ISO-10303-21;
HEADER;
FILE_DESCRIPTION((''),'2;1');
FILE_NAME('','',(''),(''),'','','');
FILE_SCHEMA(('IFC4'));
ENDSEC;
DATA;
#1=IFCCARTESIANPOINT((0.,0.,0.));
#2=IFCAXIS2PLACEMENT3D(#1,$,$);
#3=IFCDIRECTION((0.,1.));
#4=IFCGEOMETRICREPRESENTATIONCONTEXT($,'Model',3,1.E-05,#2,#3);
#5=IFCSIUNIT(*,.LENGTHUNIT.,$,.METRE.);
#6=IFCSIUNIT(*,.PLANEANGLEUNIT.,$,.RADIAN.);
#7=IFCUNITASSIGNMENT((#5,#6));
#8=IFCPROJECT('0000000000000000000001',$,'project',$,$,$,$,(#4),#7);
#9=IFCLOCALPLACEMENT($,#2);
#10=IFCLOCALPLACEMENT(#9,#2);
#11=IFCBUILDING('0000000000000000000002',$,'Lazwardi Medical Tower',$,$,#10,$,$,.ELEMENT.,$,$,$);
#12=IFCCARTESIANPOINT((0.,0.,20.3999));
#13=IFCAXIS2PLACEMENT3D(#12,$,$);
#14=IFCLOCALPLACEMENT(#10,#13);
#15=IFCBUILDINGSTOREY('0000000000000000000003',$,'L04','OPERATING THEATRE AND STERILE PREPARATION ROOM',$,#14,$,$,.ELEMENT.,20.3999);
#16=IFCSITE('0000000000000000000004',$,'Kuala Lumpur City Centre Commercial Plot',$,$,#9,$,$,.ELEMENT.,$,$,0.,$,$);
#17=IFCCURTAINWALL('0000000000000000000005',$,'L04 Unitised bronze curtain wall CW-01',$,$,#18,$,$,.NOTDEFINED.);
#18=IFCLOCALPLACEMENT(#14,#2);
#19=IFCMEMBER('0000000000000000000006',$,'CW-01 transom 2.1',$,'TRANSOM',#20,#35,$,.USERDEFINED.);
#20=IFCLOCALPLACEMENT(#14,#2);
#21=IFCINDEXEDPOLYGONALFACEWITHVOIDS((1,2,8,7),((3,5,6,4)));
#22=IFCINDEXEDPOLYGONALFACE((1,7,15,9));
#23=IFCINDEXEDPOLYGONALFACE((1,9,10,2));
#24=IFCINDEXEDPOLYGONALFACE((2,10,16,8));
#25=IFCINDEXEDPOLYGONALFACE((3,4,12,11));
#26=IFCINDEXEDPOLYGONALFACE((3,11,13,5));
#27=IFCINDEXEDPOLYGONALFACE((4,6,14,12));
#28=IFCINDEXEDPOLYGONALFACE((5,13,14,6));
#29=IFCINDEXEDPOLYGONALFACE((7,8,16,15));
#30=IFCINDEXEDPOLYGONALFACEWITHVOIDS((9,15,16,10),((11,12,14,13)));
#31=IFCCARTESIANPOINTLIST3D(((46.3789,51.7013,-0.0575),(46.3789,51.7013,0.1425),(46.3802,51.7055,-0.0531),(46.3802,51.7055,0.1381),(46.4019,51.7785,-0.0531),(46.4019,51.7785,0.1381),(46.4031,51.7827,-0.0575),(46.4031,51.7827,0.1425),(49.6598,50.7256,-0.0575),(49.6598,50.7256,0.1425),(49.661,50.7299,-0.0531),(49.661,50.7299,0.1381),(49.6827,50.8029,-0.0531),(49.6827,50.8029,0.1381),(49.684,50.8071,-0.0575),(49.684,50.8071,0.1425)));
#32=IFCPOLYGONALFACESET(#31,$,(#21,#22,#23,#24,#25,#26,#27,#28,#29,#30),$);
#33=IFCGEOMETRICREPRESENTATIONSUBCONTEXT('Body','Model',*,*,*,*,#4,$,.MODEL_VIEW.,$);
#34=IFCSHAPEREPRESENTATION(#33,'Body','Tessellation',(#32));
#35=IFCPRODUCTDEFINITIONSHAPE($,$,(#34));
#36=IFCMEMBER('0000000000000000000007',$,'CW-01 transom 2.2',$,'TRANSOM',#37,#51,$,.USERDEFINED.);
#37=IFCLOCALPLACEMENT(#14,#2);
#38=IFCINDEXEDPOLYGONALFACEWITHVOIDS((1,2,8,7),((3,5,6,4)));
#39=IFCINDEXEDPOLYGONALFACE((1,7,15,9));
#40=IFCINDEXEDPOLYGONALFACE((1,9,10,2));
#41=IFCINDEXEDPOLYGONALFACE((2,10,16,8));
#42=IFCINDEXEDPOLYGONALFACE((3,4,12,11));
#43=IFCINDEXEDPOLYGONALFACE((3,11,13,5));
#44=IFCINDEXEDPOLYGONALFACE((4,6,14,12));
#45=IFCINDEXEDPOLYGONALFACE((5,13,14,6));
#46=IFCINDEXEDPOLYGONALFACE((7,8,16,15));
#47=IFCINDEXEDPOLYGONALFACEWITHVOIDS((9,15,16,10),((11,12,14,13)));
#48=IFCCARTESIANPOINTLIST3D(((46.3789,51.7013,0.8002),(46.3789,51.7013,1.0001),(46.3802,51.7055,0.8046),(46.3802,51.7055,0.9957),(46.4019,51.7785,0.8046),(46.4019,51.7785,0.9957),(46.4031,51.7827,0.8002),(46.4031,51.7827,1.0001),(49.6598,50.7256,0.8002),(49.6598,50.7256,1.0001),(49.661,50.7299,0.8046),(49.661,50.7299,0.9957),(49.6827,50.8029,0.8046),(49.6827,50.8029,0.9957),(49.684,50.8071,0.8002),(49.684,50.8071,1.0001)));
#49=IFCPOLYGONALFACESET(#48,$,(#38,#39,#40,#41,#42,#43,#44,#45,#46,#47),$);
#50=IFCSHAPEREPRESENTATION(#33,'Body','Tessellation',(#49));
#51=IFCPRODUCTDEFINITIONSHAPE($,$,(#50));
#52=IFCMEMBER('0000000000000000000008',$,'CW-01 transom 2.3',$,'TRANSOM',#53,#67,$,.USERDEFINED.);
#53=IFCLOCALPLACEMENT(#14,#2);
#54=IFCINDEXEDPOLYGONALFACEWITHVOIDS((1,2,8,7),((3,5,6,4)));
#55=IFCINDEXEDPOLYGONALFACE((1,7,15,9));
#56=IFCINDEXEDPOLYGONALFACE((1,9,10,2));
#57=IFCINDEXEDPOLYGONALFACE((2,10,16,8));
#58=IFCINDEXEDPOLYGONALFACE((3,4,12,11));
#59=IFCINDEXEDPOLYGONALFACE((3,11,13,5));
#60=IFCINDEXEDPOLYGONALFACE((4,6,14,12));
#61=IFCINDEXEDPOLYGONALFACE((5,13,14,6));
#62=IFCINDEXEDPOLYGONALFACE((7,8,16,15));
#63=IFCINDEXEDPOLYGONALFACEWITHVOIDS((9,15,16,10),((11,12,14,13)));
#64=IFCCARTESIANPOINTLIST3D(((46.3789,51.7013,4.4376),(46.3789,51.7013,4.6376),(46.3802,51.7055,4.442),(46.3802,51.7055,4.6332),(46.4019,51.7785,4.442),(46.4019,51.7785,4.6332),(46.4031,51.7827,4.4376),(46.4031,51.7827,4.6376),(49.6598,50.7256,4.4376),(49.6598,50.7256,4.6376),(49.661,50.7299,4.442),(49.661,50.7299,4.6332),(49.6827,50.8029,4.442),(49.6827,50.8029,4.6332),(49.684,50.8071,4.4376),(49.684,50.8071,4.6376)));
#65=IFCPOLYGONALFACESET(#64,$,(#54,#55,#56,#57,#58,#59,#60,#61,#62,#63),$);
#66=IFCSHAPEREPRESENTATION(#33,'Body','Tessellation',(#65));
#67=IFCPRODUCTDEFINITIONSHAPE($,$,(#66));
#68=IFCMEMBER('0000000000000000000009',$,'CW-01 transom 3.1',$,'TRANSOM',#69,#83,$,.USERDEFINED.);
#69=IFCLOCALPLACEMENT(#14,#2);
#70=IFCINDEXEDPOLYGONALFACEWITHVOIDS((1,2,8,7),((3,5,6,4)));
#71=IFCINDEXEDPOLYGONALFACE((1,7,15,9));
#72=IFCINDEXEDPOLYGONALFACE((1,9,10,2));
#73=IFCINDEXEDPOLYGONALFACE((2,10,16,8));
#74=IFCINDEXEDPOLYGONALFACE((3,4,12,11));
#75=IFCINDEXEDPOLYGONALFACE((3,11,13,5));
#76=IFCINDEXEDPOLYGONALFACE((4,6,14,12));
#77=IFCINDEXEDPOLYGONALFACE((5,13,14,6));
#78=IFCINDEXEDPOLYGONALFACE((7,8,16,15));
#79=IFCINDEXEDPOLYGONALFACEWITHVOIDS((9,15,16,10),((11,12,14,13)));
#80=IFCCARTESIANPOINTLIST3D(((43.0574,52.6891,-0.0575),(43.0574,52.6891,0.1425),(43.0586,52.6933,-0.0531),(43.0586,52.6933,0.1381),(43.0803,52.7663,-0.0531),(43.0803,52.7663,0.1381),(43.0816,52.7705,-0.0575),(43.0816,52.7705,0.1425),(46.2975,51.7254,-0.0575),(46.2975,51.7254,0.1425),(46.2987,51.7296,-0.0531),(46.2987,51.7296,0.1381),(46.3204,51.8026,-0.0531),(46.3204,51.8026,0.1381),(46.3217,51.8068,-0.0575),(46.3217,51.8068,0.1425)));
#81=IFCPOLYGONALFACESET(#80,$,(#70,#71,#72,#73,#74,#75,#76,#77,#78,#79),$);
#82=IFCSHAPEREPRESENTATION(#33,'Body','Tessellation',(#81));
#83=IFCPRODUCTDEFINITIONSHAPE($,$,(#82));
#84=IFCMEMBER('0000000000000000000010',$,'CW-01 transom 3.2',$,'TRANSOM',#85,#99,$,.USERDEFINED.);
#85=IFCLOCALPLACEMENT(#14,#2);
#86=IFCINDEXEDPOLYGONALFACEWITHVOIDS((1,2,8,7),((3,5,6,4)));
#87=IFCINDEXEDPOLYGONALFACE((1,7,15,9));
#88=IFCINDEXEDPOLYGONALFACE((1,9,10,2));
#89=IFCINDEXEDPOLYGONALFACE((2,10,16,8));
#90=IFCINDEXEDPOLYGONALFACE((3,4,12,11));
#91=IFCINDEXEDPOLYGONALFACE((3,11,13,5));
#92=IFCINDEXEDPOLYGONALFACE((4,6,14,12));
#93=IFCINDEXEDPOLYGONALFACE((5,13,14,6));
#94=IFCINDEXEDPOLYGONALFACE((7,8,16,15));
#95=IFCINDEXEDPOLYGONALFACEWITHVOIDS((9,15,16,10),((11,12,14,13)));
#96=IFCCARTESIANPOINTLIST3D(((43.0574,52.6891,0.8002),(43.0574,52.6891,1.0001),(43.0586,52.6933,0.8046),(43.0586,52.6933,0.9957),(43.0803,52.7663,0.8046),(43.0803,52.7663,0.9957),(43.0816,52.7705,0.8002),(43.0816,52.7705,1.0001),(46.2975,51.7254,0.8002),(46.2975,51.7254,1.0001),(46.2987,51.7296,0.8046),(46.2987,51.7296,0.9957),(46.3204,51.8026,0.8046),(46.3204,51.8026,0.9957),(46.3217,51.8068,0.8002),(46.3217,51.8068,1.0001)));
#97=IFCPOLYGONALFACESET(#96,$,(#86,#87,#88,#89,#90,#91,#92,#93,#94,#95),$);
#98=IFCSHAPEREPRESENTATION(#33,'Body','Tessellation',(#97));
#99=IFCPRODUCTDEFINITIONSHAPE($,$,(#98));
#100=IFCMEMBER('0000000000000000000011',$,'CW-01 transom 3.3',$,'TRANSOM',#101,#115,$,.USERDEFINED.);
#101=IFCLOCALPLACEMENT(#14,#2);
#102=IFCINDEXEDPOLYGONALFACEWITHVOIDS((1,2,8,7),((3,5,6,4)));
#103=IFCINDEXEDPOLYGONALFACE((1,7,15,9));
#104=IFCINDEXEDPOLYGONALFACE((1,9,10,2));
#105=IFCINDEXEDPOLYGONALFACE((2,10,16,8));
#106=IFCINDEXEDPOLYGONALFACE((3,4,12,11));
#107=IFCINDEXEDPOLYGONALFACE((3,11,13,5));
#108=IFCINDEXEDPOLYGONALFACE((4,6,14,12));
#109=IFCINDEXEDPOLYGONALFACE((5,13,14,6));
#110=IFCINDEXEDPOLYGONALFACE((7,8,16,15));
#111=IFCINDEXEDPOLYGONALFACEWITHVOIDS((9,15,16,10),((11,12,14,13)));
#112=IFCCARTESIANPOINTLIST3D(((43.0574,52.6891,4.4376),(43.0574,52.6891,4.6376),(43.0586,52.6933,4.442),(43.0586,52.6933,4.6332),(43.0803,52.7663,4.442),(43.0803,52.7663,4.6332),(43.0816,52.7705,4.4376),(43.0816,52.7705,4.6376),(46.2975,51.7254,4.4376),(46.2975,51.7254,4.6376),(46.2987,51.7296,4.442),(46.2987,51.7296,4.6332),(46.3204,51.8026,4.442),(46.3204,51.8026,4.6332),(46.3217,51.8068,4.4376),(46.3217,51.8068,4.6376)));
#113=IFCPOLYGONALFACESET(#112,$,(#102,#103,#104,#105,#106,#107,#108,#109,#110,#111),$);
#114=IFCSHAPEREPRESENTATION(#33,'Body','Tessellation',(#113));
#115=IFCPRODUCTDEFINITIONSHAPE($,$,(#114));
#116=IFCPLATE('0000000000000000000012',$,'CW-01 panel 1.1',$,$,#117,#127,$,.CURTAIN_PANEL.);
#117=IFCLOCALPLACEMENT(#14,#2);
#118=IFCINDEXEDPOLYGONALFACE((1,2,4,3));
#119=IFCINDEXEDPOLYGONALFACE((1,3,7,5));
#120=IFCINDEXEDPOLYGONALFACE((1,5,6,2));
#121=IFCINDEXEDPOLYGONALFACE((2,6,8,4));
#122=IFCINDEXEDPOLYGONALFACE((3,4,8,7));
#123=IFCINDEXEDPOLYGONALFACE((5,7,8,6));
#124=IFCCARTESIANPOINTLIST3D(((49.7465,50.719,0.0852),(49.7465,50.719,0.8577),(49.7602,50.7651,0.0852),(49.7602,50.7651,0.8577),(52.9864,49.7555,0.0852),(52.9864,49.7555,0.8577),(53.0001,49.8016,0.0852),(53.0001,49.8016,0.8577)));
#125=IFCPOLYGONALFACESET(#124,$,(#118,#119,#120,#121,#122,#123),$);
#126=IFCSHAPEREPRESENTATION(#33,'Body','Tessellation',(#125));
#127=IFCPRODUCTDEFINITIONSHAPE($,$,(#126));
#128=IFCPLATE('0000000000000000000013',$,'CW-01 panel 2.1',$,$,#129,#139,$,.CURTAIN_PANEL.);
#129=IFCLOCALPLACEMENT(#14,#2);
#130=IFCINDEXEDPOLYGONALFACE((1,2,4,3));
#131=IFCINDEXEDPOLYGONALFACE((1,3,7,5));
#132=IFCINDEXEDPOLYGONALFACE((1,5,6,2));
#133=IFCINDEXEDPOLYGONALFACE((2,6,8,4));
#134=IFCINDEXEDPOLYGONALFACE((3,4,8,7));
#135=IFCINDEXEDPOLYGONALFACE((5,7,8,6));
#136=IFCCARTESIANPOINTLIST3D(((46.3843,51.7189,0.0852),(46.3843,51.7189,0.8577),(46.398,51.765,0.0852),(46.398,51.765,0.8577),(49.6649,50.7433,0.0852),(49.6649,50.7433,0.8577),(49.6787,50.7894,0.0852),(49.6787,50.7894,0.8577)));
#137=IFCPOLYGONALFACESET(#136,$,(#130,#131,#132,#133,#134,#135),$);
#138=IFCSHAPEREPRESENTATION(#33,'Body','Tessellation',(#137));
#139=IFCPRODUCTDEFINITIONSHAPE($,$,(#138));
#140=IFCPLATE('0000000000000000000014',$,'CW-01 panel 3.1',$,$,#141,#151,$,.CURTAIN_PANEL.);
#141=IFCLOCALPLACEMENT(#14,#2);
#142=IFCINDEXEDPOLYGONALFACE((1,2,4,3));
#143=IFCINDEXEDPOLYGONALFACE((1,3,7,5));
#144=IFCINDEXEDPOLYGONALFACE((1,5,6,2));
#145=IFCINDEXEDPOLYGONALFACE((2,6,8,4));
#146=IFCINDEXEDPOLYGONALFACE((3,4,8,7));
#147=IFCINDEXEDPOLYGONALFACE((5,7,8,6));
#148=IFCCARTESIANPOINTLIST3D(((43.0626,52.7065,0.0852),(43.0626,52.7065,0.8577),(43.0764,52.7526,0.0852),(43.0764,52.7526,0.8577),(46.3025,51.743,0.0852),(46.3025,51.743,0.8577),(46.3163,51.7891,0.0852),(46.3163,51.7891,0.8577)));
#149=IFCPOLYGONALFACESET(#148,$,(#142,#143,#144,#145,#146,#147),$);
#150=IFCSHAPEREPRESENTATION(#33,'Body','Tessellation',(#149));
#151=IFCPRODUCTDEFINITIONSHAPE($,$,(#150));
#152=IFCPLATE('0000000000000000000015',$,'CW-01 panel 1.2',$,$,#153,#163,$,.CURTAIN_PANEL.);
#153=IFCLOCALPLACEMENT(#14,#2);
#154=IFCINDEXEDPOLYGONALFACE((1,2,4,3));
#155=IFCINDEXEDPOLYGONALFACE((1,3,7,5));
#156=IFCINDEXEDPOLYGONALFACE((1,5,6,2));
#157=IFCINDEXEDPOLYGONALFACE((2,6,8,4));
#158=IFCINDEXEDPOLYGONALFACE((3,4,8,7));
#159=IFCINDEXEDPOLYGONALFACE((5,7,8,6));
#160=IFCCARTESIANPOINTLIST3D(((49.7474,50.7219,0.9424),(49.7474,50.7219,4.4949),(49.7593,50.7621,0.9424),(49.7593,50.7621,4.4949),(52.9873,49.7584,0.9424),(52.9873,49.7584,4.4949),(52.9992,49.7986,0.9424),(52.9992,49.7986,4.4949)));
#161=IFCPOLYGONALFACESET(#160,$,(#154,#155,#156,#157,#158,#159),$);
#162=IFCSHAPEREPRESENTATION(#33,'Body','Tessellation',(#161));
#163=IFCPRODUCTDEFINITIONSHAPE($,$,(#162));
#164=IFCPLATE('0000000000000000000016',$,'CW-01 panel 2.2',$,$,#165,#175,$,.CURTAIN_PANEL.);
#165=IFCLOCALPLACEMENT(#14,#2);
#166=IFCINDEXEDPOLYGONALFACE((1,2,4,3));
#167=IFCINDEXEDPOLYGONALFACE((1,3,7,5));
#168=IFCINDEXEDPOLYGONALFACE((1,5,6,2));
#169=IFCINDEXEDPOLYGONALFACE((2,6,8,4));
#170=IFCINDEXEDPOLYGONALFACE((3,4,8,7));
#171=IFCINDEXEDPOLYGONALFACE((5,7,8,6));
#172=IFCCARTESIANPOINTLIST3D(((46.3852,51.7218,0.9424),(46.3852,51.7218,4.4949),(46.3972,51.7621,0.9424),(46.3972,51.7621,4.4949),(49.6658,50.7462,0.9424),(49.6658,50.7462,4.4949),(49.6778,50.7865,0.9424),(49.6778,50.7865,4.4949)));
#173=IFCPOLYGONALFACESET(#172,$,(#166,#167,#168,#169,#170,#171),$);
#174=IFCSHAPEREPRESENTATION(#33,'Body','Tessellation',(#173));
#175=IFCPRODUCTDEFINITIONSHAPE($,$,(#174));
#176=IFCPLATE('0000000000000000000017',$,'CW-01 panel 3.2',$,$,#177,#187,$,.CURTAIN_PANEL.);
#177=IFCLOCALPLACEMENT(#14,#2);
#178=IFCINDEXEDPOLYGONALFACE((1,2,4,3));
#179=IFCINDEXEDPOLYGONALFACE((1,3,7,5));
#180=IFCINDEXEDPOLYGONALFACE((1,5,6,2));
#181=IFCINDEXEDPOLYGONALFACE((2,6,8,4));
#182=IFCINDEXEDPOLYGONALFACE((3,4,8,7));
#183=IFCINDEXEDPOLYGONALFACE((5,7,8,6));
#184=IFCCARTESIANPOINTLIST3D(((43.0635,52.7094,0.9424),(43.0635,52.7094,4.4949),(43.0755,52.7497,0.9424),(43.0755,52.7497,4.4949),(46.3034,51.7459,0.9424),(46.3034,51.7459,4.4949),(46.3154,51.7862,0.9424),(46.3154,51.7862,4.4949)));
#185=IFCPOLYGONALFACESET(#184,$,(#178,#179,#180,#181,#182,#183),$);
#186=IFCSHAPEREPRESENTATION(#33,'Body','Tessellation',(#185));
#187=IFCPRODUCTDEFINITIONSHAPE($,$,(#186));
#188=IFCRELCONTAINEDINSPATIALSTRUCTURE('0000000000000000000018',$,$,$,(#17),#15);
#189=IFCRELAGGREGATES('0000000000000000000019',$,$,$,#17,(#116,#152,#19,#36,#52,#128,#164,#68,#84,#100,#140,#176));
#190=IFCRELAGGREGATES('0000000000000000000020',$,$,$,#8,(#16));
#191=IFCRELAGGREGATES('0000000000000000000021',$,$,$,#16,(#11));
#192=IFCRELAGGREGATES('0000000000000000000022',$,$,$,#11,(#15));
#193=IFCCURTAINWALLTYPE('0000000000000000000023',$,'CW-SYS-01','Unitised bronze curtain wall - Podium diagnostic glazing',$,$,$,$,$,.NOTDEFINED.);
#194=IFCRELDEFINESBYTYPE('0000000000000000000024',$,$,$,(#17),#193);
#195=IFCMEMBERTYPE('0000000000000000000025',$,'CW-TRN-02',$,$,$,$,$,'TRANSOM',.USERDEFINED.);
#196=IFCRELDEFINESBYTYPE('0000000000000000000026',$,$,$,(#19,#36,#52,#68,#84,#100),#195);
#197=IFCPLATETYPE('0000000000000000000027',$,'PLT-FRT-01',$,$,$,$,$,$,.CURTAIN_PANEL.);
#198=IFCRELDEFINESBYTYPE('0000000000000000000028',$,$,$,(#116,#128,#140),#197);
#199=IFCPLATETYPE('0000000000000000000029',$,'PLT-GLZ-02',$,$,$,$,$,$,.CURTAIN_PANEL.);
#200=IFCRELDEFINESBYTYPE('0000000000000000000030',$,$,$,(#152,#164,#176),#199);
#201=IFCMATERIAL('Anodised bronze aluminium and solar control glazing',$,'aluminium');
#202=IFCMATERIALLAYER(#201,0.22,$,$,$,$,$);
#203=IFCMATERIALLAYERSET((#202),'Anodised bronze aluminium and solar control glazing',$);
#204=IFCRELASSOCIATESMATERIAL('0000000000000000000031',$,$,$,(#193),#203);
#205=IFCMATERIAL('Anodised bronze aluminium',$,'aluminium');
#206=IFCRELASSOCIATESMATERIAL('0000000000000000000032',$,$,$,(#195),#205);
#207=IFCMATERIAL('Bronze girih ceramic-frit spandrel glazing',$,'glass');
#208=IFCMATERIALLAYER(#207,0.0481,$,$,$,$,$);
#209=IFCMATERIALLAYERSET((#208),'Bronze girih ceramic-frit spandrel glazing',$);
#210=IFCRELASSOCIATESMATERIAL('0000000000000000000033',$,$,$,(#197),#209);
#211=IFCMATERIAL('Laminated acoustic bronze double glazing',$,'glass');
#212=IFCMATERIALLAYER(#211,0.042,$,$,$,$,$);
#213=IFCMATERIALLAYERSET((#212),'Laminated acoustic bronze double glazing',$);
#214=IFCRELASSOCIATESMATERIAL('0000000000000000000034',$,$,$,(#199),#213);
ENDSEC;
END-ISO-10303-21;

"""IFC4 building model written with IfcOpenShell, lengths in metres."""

from ifc_helpers import new_model, si_unit, direction, frame, origin, origin_2d, place, context, subcontext, project, spatial, rectangle, hollow_rectangle, extrude, material, layer, layer_set, material_profile, profile_set, type_object, element, aggregate, save


model = new_model("IFC4")

# Units and contexts
model_context = context("Model", 3, precision=1e-05, world=origin(), true_north=direction((0.0, 1.0)))
body_context = subcontext(model_context, "Body", "Model", "MODEL_VIEW")
ifc_project = project(units=[si_unit("LENGTHUNIT", "METRE"), si_unit("PLANEANGLEUNIT", "RADIAN")], contexts=[model_context])

# Site, building, storey
site_placement = place(None, origin())
site = spatial("IfcSite", under=ifc_project, at=site_placement, Name="Kuala Lumpur City Centre Commercial Plot", CompositionType="ELEMENT", RefElevation=0.0)
building_placement = place(site_placement, origin())
building = spatial("IfcBuilding", under=site, at=building_placement, Name="Lazwardi Medical Tower", CompositionType="ELEMENT")
storey_placement = place(building_placement, frame((0.0, 0.0, 20.3999)))
storey = spatial("IfcBuildingStorey", under=building, at=storey_placement, Name="L04", Description="OPERATING THEATRE AND STERILE PREPARATION ROOM", CompositionType="ELEMENT", Elevation=20.3999)

# Curtain wall, members, plates
ifc_material_1 = material(Name="Anodised bronze aluminium and solar control glazing", Category="aluminium")
ifc_layer_1 = layer(ifc_material_1, 0.22)
ifc_layer_set_1 = layer_set([ifc_layer_1], Name="Anodised bronze aluminium and solar control glazing")
curtain_wall_type = type_object("IfcCurtainWallType", Name="CW-SYS-01", Description="Unitised bronze curtain wall - Podium diagnostic glazing", PredefinedType="NOTDEFINED", material=ifc_layer_set_1)
curtain_wall_placement = place(storey_placement, origin())
curtain_wall = element("IfcCurtainWall", 1, at=curtain_wall_placement, inside=storey, type_object=curtain_wall_type, Name="L04 Unitised bronze curtain wall CW-01", PredefinedType="NOTDEFINED")
ifc_material_2 = material(Name="Anodised bronze aluminium", Category="aluminium")
ifc_material_profile_1 = material_profile(ifc_material_2, hollow_rectangle(XDim=0.085, YDim=0.2, WallThickness=0.0044, at=origin_2d()), Name="ALU-TRANSOM 200x85x4.5")
ifc_profile_set_1 = profile_set([ifc_material_profile_1], Name="Anodised bronze aluminium")
member_type_1 = type_object("IfcMemberType", Name="CW-TRN-02", ElementType="TRANSOM", PredefinedType="USERDEFINED", material=ifc_profile_set_1)
member_1_placement = place(storey_placement, frame((49.6719, 50.7664, 0.0425), z_axis=(-0.958518, 0.28503, 0.0), x_axis=(-0.28503, -0.958518, 0.0)))
member_1 = element("IfcMember", 2, at=member_1_placement, type_object=member_type_1, Name="CW-01 transom 2.1", ObjectType="TRANSOM", PredefinedType="USERDEFINED", context=body_context, shape_type="SweptSolid", body=[
    extrude(hollow_rectangle(XDim=0.085, YDim=0.2, WallThickness=0.0044, at=origin_2d()), origin(), (0.0, 0.0, 1.0), 3.4229),
])
member_2_placement = place(storey_placement, frame((49.6719, 50.7664, 0.9001), z_axis=(-0.958518, 0.28503, 0.0), x_axis=(-0.28503, -0.958518, 0.0)))
member_2 = element("IfcMember", 3, at=member_2_placement, type_object=member_type_1, Name="CW-01 transom 2.2", ObjectType="TRANSOM", PredefinedType="USERDEFINED", context=body_context, shape_type="SweptSolid", body=[
    extrude(hollow_rectangle(XDim=0.085, YDim=0.2, WallThickness=0.0044, at=origin_2d()), origin(), (0.0, 0.0, 1.0), 3.4229),
])
member_3_placement = place(storey_placement, frame((49.6719, 50.7664, 4.5376), z_axis=(-0.958518, 0.28503, 0.0), x_axis=(-0.28503, -0.958518, 0.0)))
member_3 = element("IfcMember", 4, at=member_3_placement, type_object=member_type_1, Name="CW-01 transom 2.3", ObjectType="TRANSOM", PredefinedType="USERDEFINED", context=body_context, shape_type="SweptSolid", body=[
    extrude(hollow_rectangle(XDim=0.085, YDim=0.2, WallThickness=0.0044, at=origin_2d()), origin(), (0.0, 0.0, 1.0), 3.4229),
])
member_4_placement = place(storey_placement, frame((46.3096, 51.7661, 0.0425), z_axis=(-0.958505, 0.285074, 0.0), x_axis=(-0.285074, -0.958505, 0.0)))
member_4 = element("IfcMember", 5, at=member_4_placement, type_object=member_type_1, Name="CW-01 transom 3.1", ObjectType="TRANSOM", PredefinedType="USERDEFINED", context=body_context, shape_type="SweptSolid", body=[
    extrude(hollow_rectangle(XDim=0.085, YDim=0.2, WallThickness=0.0044, at=origin_2d()), origin(), (0.0, 0.0, 1.0), 3.3804),
])
member_5_placement = place(storey_placement, frame((46.3096, 51.7661, 0.9001), z_axis=(-0.958505, 0.285074, 0.0), x_axis=(-0.285074, -0.958505, 0.0)))
member_5 = element("IfcMember", 6, at=member_5_placement, type_object=member_type_1, Name="CW-01 transom 3.2", ObjectType="TRANSOM", PredefinedType="USERDEFINED", context=body_context, shape_type="SweptSolid", body=[
    extrude(hollow_rectangle(XDim=0.085, YDim=0.2, WallThickness=0.0044, at=origin_2d()), origin(), (0.0, 0.0, 1.0), 3.3804),
])
member_6_placement = place(storey_placement, frame((46.3096, 51.7661, 4.5376), z_axis=(-0.958505, 0.285074, 0.0), x_axis=(-0.285074, -0.958505, 0.0)))
member_6 = element("IfcMember", 7, at=member_6_placement, type_object=member_type_1, Name="CW-01 transom 3.3", ObjectType="TRANSOM", PredefinedType="USERDEFINED", context=body_context, shape_type="SweptSolid", body=[
    extrude(hollow_rectangle(XDim=0.085, YDim=0.2, WallThickness=0.0044, at=origin_2d()), origin(), (0.0, 0.0, 1.0), 3.3804),
])
ifc_material_3 = material(Name="Bronze girih ceramic-frit spandrel glazing", Category="glass")
ifc_layer_2 = layer(ifc_material_3, 0.0481)
ifc_layer_set_2 = layer_set([ifc_layer_2], Name="Bronze girih ceramic-frit spandrel glazing")
plate_type_1 = type_object("IfcPlateType", Name="PLT-FRT-01", PredefinedType="CURTAIN_PANEL", material=ifc_layer_set_2)
plate_1_placement = place(storey_placement, frame((51.3733, 50.2603, 0.0852), z_axis=(0.0, 0.0, 1.0), x_axis=(-0.958513, 0.285047, 0.0)))
plate_1 = element("IfcPlate", 8, at=plate_1_placement, type_object=plate_type_1, Name="CW-01 panel 1.1", PredefinedType="CURTAIN_PANEL", context=body_context, shape_type="SweptSolid", body=[
    extrude(rectangle(XDim=3.3801, YDim=0.0481, at=origin_2d()), origin(), (0.0, 0.0, 1.0), 0.7725),
])
plate_2_placement = place(storey_placement, frame((48.0315, 51.2542, 0.0852), z_axis=(0.0, 0.0, 1.0), x_axis=(-0.958513, 0.285047, 0.0)))
plate_2 = element("IfcPlate", 9, at=plate_2_placement, type_object=plate_type_1, Name="CW-01 panel 2.1", PredefinedType="CURTAIN_PANEL", context=body_context, shape_type="SweptSolid", body=[
    extrude(rectangle(XDim=3.4226, YDim=0.0481, at=origin_2d()), origin(), (0.0, 0.0, 1.0), 0.7725),
])
plate_3_placement = place(storey_placement, frame((44.6895, 52.2478, 0.0852), z_axis=(0.0, 0.0, 1.0), x_axis=(-0.958513, 0.285047, 0.0)))
plate_3 = element("IfcPlate", 10, at=plate_3_placement, type_object=plate_type_1, Name="CW-01 panel 3.1", PredefinedType="CURTAIN_PANEL", context=body_context, shape_type="SweptSolid", body=[
    extrude(rectangle(XDim=3.3801, YDim=0.0481, at=origin_2d()), origin(), (0.0, 0.0, 1.0), 0.7725),
])
ifc_material_4 = material(Name="Laminated acoustic bronze double glazing", Category="glass")
ifc_layer_3 = layer(ifc_material_4, 0.042)
ifc_layer_set_3 = layer_set([ifc_layer_3], Name="Laminated acoustic bronze double glazing")
plate_type_2 = type_object("IfcPlateType", Name="PLT-GLZ-02", PredefinedType="CURTAIN_PANEL", material=ifc_layer_set_3)
plate_4_placement = place(storey_placement, frame((51.3733, 50.2603, 0.9424), z_axis=(0.0, 0.0, 1.0), x_axis=(-0.958513, 0.285047, 0.0)))
plate_4 = element("IfcPlate", 11, at=plate_4_placement, type_object=plate_type_2, Name="CW-01 panel 1.2", PredefinedType="CURTAIN_PANEL", context=body_context, shape_type="SweptSolid", body=[
    extrude(rectangle(XDim=3.3801, YDim=0.042, at=origin_2d()), origin(), (0.0, 0.0, 1.0), 3.5525),
])
plate_5_placement = place(storey_placement, frame((48.0315, 51.2542, 0.9424), z_axis=(0.0, 0.0, 1.0), x_axis=(-0.958513, 0.285047, 0.0)))
plate_5 = element("IfcPlate", 12, at=plate_5_placement, type_object=plate_type_2, Name="CW-01 panel 2.2", PredefinedType="CURTAIN_PANEL", context=body_context, shape_type="SweptSolid", body=[
    extrude(rectangle(XDim=3.4226, YDim=0.042, at=origin_2d()), origin(), (0.0, 0.0, 1.0), 3.5525),
])
plate_6_placement = place(storey_placement, frame((44.6895, 52.2478, 0.9424), z_axis=(0.0, 0.0, 1.0), x_axis=(-0.958513, 0.285047, 0.0)))
plate_6 = element("IfcPlate", 13, at=plate_6_placement, type_object=plate_type_2, Name="CW-01 panel 3.2", PredefinedType="CURTAIN_PANEL", context=body_context, shape_type="SweptSolid", body=[
    extrude(rectangle(XDim=3.3801, YDim=0.042, at=origin_2d()), origin(), (0.0, 0.0, 1.0), 3.5525),
])
aggregate(curtain_wall, [plate_1, plate_4, member_1, member_2, member_3, plate_2, plate_5, member_4, member_5, member_6, plate_3, plate_6])

save(model, "model.ifc")
